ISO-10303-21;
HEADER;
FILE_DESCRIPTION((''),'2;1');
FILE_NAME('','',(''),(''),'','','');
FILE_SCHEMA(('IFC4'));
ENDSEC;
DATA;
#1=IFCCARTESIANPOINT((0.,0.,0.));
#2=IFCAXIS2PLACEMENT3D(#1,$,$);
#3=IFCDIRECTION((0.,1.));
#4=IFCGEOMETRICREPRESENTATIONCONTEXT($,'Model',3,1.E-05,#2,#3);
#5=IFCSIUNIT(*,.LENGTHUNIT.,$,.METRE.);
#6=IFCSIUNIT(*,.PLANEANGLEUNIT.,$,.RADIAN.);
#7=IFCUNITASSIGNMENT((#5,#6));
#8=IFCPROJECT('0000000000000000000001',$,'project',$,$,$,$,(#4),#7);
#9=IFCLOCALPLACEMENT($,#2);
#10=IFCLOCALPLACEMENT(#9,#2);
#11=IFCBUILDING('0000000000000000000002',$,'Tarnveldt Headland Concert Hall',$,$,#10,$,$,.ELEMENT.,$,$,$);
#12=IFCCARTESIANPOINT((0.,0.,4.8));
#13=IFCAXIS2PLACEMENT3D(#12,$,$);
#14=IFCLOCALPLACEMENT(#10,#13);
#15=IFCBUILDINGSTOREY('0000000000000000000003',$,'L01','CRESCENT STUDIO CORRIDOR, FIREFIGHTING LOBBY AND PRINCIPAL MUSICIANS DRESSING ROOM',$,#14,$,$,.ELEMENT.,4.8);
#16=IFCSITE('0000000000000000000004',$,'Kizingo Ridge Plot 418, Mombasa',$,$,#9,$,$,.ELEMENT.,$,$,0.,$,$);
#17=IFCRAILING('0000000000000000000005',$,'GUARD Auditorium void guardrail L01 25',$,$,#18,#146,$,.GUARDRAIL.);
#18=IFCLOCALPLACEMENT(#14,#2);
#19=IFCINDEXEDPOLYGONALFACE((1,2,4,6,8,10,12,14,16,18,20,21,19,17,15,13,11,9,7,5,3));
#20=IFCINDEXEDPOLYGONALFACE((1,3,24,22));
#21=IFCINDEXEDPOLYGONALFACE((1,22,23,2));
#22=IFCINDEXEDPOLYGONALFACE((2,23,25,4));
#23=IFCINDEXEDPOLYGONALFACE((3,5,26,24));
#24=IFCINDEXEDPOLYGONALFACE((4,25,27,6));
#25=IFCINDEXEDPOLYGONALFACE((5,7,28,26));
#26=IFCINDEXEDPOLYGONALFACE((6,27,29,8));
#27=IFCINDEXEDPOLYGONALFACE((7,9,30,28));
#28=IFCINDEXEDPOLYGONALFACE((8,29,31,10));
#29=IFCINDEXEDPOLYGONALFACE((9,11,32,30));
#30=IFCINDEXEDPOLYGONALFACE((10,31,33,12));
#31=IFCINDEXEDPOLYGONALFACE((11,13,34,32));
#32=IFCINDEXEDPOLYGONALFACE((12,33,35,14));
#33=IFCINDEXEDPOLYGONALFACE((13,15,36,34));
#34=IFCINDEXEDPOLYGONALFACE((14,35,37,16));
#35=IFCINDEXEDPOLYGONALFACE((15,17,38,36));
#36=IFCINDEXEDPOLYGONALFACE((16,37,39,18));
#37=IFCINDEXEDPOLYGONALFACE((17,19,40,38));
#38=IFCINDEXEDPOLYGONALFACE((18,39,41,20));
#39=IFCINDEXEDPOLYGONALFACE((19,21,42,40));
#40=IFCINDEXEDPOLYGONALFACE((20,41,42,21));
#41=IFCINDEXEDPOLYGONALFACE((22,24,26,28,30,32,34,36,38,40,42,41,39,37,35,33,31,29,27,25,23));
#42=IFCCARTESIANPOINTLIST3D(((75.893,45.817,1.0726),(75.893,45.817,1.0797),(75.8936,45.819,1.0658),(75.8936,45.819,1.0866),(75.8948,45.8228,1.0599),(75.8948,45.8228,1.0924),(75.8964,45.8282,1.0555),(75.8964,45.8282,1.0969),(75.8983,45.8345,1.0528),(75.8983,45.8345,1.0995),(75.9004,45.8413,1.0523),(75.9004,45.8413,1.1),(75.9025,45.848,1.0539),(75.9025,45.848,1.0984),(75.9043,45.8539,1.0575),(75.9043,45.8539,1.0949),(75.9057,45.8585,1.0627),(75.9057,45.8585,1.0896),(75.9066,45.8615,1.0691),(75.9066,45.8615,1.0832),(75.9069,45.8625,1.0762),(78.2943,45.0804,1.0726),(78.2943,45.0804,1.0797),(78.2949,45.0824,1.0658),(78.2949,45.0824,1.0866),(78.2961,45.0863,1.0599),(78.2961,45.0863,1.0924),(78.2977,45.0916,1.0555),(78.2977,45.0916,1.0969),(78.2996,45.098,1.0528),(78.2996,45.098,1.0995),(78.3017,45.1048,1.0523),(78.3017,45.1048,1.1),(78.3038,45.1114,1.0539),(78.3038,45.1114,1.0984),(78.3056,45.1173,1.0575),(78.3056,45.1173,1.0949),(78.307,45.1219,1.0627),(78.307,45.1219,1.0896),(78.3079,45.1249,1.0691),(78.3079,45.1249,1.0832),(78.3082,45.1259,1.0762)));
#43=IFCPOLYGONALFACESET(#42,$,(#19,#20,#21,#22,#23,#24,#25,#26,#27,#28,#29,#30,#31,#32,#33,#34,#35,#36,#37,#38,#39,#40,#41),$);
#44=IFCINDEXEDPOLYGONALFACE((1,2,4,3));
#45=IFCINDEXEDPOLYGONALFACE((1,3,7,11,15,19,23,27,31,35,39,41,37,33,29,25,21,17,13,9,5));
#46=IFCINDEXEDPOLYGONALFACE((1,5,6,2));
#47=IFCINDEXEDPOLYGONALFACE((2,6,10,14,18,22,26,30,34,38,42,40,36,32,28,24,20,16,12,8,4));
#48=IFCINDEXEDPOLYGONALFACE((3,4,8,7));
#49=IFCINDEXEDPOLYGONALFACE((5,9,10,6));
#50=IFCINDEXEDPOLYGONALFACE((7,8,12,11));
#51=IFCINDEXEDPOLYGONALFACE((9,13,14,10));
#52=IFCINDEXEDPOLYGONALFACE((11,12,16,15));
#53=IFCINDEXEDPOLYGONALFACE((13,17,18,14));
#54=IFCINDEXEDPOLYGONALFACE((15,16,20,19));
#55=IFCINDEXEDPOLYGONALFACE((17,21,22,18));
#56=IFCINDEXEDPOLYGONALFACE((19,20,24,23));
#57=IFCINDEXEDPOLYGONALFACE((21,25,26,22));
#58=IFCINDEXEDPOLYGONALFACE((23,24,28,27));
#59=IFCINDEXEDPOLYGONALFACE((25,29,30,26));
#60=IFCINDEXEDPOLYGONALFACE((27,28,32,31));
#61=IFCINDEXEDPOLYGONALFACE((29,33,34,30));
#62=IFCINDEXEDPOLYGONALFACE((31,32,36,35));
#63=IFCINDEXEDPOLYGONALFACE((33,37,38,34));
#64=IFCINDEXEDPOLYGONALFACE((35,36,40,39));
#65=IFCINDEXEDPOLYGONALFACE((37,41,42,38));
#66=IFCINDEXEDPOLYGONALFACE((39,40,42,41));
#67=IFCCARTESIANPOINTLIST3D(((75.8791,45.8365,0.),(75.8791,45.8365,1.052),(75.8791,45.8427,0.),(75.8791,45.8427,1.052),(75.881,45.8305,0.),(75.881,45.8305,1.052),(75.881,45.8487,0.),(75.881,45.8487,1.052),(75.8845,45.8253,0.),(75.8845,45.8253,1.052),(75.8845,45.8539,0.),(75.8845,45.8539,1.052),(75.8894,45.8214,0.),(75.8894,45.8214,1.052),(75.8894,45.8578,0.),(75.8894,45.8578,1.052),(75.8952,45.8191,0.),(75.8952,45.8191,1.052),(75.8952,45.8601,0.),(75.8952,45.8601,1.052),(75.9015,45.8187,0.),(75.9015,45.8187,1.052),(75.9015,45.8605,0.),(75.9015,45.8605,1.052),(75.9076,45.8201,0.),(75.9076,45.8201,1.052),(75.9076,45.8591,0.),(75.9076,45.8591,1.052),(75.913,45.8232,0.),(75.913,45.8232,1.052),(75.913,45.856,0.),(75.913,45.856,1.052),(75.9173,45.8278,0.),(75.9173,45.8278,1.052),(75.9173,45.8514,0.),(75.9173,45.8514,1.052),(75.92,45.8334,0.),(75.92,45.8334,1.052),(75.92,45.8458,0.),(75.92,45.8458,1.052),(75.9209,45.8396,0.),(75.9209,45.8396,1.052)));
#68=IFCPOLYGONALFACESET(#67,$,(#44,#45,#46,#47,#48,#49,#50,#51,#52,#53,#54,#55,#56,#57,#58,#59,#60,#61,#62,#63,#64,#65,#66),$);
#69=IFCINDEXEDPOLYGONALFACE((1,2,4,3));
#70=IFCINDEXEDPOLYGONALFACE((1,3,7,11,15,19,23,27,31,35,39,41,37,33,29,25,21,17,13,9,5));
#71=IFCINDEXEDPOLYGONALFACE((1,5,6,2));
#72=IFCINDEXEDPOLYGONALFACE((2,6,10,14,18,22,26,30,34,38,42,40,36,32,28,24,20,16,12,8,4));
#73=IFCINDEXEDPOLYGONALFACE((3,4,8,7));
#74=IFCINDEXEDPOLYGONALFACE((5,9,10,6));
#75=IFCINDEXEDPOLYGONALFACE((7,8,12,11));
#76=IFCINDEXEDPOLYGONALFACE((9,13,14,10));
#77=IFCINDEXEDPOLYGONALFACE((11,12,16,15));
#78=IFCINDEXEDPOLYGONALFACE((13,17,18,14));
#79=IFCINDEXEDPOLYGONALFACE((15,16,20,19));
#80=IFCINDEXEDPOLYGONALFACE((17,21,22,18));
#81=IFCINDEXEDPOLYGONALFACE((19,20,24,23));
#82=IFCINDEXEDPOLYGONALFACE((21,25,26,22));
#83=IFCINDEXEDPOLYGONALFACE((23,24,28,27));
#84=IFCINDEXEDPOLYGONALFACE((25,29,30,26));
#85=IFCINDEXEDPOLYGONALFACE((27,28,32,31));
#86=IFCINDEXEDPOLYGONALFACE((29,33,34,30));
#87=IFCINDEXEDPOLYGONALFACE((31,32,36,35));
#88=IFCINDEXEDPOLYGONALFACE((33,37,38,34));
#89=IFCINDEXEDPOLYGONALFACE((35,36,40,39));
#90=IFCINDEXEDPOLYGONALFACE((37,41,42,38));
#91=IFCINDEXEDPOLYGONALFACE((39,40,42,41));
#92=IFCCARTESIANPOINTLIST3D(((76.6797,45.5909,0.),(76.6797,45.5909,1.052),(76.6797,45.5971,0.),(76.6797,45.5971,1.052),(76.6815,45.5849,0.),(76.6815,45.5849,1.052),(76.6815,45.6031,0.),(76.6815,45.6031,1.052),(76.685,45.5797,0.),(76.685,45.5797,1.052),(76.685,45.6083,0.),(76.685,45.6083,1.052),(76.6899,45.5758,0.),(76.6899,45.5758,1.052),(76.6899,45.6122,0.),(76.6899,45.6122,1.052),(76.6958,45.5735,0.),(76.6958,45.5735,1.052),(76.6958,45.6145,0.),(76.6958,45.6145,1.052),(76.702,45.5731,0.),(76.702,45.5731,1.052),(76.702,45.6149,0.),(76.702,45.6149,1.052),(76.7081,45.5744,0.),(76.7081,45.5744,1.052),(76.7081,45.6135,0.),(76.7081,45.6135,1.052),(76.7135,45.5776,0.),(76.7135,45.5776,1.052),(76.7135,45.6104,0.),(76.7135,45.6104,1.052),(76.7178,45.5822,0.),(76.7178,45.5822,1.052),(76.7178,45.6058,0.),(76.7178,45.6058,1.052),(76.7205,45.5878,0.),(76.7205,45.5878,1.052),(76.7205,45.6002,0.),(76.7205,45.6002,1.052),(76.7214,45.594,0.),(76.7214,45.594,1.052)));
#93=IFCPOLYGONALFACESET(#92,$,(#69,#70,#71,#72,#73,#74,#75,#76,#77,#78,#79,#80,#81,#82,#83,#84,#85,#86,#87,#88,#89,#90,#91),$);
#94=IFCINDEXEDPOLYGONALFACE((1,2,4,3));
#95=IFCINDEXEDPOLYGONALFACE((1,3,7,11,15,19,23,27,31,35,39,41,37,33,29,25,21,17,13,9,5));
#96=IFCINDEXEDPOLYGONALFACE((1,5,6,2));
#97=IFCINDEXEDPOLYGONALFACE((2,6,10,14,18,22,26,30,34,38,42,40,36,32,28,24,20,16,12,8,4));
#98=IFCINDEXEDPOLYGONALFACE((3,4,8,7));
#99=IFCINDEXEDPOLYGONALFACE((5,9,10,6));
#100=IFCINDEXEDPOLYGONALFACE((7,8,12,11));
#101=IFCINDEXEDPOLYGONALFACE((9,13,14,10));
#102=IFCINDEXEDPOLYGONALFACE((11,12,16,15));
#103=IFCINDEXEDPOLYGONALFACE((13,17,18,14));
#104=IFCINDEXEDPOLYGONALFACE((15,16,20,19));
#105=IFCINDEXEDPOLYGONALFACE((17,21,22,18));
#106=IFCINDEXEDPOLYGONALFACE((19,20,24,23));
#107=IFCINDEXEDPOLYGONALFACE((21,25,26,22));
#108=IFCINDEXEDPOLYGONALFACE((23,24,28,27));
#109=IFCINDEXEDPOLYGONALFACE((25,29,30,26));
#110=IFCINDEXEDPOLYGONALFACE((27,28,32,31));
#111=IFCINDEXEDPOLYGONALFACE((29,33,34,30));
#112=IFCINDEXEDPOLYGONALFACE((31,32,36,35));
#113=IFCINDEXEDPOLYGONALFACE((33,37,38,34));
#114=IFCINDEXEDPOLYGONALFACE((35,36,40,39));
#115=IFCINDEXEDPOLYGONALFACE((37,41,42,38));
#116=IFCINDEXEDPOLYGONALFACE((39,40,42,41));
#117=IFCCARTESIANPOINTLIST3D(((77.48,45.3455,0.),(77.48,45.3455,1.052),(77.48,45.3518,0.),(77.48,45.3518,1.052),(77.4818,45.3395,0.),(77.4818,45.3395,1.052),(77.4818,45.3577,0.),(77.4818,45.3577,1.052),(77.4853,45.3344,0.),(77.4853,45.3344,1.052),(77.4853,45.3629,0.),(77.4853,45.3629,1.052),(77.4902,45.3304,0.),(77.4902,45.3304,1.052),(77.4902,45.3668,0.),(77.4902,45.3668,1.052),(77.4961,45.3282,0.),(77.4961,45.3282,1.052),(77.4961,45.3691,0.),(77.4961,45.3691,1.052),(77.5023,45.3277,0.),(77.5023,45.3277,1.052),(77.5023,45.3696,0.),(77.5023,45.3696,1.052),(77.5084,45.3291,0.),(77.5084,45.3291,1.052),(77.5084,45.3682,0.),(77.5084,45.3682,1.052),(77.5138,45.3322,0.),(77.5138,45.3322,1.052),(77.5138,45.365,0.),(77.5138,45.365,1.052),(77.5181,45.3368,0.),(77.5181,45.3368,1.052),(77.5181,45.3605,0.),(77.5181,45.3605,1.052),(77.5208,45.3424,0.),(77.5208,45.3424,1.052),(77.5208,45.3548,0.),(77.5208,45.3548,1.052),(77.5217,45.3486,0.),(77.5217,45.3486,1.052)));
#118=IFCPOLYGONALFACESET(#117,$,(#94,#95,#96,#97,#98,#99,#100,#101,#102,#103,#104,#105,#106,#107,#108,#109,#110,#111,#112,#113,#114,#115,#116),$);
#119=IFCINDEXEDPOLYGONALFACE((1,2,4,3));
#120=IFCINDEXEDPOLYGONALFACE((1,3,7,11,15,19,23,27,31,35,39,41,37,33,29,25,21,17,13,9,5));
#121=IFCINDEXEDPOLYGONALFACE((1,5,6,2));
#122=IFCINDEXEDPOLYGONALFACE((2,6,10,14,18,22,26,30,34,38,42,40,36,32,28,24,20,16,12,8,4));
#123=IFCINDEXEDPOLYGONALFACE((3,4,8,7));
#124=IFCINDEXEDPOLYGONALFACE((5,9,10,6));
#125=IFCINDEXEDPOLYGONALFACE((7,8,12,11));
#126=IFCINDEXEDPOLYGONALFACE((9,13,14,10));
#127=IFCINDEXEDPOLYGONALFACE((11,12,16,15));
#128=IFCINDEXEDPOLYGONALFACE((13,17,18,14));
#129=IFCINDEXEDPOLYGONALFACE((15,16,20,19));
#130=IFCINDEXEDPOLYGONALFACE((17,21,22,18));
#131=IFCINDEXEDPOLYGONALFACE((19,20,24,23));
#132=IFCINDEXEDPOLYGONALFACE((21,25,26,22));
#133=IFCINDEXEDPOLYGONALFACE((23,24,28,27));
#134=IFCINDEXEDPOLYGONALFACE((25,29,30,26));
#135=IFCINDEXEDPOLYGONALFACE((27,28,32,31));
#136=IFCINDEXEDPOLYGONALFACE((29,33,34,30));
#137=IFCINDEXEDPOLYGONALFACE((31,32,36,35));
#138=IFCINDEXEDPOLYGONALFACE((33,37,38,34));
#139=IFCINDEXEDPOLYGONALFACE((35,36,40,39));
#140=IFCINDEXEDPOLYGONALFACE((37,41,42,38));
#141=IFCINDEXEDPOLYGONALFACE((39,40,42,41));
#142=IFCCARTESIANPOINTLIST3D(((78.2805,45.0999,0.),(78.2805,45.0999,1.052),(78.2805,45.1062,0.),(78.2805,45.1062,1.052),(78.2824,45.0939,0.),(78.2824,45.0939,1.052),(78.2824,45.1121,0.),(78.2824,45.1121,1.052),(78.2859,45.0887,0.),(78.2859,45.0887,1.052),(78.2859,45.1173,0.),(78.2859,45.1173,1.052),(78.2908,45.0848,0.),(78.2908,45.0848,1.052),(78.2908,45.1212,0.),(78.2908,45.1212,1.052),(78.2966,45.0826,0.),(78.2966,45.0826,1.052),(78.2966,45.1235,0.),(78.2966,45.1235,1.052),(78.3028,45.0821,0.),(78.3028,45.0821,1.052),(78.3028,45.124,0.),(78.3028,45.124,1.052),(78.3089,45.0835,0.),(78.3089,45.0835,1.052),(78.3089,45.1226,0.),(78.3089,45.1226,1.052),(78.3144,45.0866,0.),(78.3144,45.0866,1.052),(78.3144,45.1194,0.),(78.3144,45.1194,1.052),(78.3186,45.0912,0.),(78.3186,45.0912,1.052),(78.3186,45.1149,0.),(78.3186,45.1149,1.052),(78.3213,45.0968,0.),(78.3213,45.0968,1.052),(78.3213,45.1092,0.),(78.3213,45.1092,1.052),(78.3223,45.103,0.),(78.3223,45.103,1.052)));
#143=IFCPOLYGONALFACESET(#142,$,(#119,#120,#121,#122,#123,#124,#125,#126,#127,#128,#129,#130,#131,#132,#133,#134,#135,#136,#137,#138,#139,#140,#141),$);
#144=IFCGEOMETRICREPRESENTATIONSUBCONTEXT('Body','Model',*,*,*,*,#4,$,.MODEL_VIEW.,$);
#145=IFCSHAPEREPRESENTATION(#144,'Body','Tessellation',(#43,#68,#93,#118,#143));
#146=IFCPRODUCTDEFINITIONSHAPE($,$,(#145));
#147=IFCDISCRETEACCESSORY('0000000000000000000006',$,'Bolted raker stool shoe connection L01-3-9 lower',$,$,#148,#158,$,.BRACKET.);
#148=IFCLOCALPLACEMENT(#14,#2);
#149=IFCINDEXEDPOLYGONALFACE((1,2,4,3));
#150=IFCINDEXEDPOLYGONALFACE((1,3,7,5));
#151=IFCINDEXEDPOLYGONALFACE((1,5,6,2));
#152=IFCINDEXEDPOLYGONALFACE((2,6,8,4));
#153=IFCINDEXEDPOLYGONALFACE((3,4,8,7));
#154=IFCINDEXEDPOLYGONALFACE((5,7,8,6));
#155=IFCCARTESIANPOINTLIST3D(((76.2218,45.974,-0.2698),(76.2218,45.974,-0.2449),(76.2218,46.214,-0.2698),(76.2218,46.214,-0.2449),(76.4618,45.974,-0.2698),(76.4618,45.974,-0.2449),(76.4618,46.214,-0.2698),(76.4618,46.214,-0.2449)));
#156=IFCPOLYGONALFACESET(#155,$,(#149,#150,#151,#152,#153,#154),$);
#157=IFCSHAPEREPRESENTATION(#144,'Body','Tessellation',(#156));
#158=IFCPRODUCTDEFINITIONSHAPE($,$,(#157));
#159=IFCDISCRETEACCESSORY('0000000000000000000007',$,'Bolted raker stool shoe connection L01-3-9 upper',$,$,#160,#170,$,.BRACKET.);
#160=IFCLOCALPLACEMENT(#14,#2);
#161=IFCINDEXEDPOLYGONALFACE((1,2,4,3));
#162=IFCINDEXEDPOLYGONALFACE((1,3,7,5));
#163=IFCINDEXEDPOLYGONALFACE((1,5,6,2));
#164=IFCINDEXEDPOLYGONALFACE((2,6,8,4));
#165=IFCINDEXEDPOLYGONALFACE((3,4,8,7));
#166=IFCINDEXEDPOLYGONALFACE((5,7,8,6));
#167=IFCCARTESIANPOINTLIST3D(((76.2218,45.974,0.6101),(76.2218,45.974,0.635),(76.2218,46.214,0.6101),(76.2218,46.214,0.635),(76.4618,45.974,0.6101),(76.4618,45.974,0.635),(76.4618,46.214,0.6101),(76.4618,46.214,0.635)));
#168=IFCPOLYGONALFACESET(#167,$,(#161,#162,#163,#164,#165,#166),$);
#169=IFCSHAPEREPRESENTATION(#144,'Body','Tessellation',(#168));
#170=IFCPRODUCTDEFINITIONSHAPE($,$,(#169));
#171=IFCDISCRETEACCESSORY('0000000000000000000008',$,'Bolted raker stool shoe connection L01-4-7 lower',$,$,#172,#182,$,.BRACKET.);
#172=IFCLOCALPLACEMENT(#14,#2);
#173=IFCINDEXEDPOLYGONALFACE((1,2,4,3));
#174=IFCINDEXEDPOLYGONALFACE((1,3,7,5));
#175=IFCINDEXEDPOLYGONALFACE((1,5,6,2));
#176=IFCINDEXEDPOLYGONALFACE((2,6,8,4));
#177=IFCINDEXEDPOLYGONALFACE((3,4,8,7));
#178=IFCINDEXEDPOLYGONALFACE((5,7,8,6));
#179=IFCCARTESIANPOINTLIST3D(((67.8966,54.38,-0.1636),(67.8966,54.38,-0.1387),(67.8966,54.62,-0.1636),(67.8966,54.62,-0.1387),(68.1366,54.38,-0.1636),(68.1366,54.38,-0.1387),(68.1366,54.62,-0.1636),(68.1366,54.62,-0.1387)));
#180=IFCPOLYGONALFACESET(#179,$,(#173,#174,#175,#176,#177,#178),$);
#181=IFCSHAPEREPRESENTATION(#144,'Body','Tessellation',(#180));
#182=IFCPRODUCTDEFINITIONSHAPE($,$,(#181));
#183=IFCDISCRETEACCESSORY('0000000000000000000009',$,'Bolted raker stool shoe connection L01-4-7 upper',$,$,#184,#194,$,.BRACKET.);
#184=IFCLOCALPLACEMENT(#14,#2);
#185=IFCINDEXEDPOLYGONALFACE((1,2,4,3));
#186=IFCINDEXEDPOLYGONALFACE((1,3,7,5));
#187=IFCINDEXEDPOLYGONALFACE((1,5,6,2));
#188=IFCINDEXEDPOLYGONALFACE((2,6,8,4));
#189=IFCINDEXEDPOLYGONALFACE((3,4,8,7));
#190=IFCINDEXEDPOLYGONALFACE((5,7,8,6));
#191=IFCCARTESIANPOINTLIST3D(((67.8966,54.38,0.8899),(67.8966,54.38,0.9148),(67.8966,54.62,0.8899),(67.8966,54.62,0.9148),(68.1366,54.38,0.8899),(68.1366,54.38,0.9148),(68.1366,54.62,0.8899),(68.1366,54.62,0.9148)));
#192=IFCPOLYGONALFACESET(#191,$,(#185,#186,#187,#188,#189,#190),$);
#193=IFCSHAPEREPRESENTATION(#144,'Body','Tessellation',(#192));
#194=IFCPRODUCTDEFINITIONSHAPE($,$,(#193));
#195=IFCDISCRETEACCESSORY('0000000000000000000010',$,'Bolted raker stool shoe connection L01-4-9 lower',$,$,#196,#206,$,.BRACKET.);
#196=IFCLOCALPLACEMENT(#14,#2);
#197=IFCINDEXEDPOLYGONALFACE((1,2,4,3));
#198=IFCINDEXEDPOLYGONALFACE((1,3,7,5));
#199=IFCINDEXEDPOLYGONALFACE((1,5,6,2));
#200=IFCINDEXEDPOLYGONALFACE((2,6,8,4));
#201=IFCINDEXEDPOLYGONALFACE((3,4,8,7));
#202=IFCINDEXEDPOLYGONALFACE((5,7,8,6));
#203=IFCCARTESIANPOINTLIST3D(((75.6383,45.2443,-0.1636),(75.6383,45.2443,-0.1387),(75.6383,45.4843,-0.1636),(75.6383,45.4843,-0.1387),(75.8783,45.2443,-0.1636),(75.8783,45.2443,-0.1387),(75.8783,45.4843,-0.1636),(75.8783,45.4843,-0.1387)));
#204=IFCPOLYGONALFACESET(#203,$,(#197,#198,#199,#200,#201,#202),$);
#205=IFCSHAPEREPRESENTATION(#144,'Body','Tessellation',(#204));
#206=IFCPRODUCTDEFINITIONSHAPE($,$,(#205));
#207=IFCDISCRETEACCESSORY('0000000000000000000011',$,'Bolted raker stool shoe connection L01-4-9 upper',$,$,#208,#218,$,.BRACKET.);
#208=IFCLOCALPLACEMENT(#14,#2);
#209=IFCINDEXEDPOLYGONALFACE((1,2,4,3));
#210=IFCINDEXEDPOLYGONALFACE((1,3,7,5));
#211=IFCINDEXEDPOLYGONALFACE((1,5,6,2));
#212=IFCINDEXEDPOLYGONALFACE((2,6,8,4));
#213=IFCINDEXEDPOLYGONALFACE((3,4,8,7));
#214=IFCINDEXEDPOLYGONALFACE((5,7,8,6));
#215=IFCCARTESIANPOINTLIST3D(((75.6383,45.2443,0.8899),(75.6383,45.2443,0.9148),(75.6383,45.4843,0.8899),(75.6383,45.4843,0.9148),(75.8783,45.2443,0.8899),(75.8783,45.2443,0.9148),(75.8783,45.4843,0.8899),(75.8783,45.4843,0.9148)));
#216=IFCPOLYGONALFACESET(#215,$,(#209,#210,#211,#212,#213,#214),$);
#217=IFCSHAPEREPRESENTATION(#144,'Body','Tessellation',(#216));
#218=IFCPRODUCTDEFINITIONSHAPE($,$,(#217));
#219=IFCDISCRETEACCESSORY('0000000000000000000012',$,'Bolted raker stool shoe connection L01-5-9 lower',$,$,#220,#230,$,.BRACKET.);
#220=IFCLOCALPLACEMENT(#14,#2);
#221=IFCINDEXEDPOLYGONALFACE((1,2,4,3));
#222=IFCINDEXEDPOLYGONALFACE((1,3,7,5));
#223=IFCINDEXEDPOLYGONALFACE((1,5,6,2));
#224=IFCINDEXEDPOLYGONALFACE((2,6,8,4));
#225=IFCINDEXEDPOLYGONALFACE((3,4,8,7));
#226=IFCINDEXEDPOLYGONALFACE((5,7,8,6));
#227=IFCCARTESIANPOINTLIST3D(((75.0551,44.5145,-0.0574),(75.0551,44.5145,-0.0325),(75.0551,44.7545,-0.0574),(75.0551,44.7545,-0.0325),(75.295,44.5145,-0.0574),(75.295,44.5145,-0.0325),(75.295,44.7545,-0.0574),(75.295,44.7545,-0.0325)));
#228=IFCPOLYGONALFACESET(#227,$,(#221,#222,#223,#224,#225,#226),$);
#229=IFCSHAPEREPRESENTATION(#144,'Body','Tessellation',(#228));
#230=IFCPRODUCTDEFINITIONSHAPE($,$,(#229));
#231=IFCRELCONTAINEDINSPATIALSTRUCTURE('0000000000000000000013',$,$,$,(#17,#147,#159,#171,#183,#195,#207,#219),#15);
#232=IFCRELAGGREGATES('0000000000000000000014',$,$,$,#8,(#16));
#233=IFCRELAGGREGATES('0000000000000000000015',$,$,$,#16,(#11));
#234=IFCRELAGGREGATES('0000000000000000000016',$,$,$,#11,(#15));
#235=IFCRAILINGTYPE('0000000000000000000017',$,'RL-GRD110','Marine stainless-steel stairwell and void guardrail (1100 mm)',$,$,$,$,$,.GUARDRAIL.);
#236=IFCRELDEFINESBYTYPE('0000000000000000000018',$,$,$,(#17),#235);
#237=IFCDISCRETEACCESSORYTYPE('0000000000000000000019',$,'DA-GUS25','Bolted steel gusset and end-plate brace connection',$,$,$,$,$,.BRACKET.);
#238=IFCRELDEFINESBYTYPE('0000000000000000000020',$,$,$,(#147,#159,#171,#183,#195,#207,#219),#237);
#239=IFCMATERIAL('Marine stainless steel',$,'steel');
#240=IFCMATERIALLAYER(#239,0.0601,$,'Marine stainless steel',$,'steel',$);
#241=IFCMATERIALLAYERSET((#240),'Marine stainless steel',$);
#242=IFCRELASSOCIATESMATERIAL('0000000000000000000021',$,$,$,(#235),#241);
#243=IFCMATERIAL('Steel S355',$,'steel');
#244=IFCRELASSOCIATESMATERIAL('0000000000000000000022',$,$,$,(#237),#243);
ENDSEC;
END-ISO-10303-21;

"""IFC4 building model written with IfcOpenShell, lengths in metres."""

from ifc_helpers import new_model, si_unit, direction, frame, origin, origin_2d, place, context, subcontext, project, spatial, rectangle, circle, extrude, material, layer, layer_set, type_object, element, save


model = new_model("IFC4")

# Units and contexts
model_context = context("Model", 3, precision=1e-05, world=origin(), true_north=direction((0.0, 1.0)))
body_context = subcontext(model_context, "Body", "Model", "MODEL_VIEW")
ifc_project = project(units=[si_unit("LENGTHUNIT", "METRE"), si_unit("PLANEANGLEUNIT", "RADIAN")], contexts=[model_context])

# Site, building, storey
site_placement = place(None, origin())
site = spatial("IfcSite", under=ifc_project, at=site_placement, Name="Kizingo Ridge Plot 418, Mombasa", CompositionType="ELEMENT", RefElevation=0.0)
building_placement = place(site_placement, origin())
building = spatial("IfcBuilding", under=site, at=building_placement, Name="Tarnveldt Headland Concert Hall", CompositionType="ELEMENT")
storey_placement = place(building_placement, frame((0.0, 0.0, 4.8)))
storey = spatial("IfcBuildingStorey", under=building, at=storey_placement, Name="L01", Description="CRESCENT STUDIO CORRIDOR, FIREFIGHTING LOBBY AND PRINCIPAL MUSICIANS DRESSING ROOM", CompositionType="ELEMENT", Elevation=4.8)

# Shared definitions
ifc_material_1 = material(Name="Steel S355", Category="steel")

# Railing
ifc_material_2 = material(Name="Marine stainless steel", Category="steel")
ifc_layer_1 = layer(ifc_material_2, 0.0601, Name="Marine stainless steel", Category="steel")
ifc_layer_set_1 = layer_set([ifc_layer_1], Name="Marine stainless steel")
railing_type = type_object("IfcRailingType", Name="RL-GRD110", Description="Marine stainless-steel stairwell and void guardrail (1100 mm)", PredefinedType="GUARDRAIL", material=ifc_layer_set_1)
railing_1_placement = place(storey_placement, frame((75.8999, 45.8396, 0.0)))
element("IfcRailing", 1, at=railing_1_placement, inside=storey, type_object=railing_type, Name="GUARD Auditorium void guardrail L01 25", PredefinedType="GUARDRAIL", context=body_context, shape_type="SweptSolid", body=[
    extrude(circle(Radius=0.0239, at=origin_2d()), frame((0.0, 0.0, 1.0762), z_axis=(0.956037, -0.293246, 0.0), x_axis=(0.293246, 0.956037, 0.0)), (0.0, 0.0, 1.0), 2.5117),
    extrude(circle(Radius=0.021, at=origin_2d()), origin(), (0.0, 0.0, 1.0), 1.052),
    extrude(circle(Radius=0.021, at=origin_2d()), frame((0.8005, -0.2456, 0.0)), (0.0, 0.0, 1.0), 1.052),
    extrude(circle(Radius=0.021, at=origin_2d()), frame((1.6008, -0.491, 0.0)), (0.0, 0.0, 1.0), 1.052),
    extrude(circle(Radius=0.021, at=origin_2d()), frame((2.4014, -0.7366, 0.0)), (0.0, 0.0, 1.0), 1.052),
])

# Discrete accessories
discrete_accessory_type = type_object("IfcDiscreteAccessoryType", Name="DA-GUS25", Description="Bolted steel gusset and end-plate brace connection", PredefinedType="BRACKET", material=ifc_material_1)
for number, where, z_axis, x_axis, name in (
    (2, (76.3418, 46.094, -0.2698), (0.0, 0.0, 1.0), (1.0, 0.0, 0.0), "Bolted raker stool shoe connection L01-3-9 lower"),
    (3, (76.3418, 46.094, 0.6101), (0.0, 0.0, 1.0), (1.0, 0.0, 0.0), "Bolted raker stool shoe connection L01-3-9 upper"),
    (4, (68.0166, 54.5, -0.1636), (0.0, 0.0, 1.0), (1.0, 0.0, 0.0), "Bolted raker stool shoe connection L01-4-7 lower"),
    (5, (68.0166, 54.5, 0.8899), (0.0, 0.0, 1.0), (1.0, 0.0, 0.0), "Bolted raker stool shoe connection L01-4-7 upper"),
    (6, (75.7583, 45.3643, -0.1636), (0.0, 0.0, 1.0), (1.0, 0.0, 0.0), "Bolted raker stool shoe connection L01-4-9 lower"),
    (7, (75.7583, 45.3643, 0.8899), (0.0, 0.0, 1.0), (1.0, 0.0, 0.0), "Bolted raker stool shoe connection L01-4-9 upper"),
    (8, (75.175, 44.6345, -0.0574), (0.0, 0.0, 1.0), (1.0, 0.0, 0.0), "Bolted raker stool shoe connection L01-5-9 lower"),
):
    element("IfcDiscreteAccessory", number, at=place(storey_placement, frame(where, z_axis=z_axis, x_axis=x_axis)), inside=storey, type_object=discrete_accessory_type, Name=name, PredefinedType="BRACKET", context=body_context, shape_type="SweptSolid", body=[
        extrude(rectangle(XDim=0.24, YDim=0.24, at=origin_2d()), origin(), (0.0, 0.0, 1.0), 0.0249),
    ])

save(model, "model.ifc")
